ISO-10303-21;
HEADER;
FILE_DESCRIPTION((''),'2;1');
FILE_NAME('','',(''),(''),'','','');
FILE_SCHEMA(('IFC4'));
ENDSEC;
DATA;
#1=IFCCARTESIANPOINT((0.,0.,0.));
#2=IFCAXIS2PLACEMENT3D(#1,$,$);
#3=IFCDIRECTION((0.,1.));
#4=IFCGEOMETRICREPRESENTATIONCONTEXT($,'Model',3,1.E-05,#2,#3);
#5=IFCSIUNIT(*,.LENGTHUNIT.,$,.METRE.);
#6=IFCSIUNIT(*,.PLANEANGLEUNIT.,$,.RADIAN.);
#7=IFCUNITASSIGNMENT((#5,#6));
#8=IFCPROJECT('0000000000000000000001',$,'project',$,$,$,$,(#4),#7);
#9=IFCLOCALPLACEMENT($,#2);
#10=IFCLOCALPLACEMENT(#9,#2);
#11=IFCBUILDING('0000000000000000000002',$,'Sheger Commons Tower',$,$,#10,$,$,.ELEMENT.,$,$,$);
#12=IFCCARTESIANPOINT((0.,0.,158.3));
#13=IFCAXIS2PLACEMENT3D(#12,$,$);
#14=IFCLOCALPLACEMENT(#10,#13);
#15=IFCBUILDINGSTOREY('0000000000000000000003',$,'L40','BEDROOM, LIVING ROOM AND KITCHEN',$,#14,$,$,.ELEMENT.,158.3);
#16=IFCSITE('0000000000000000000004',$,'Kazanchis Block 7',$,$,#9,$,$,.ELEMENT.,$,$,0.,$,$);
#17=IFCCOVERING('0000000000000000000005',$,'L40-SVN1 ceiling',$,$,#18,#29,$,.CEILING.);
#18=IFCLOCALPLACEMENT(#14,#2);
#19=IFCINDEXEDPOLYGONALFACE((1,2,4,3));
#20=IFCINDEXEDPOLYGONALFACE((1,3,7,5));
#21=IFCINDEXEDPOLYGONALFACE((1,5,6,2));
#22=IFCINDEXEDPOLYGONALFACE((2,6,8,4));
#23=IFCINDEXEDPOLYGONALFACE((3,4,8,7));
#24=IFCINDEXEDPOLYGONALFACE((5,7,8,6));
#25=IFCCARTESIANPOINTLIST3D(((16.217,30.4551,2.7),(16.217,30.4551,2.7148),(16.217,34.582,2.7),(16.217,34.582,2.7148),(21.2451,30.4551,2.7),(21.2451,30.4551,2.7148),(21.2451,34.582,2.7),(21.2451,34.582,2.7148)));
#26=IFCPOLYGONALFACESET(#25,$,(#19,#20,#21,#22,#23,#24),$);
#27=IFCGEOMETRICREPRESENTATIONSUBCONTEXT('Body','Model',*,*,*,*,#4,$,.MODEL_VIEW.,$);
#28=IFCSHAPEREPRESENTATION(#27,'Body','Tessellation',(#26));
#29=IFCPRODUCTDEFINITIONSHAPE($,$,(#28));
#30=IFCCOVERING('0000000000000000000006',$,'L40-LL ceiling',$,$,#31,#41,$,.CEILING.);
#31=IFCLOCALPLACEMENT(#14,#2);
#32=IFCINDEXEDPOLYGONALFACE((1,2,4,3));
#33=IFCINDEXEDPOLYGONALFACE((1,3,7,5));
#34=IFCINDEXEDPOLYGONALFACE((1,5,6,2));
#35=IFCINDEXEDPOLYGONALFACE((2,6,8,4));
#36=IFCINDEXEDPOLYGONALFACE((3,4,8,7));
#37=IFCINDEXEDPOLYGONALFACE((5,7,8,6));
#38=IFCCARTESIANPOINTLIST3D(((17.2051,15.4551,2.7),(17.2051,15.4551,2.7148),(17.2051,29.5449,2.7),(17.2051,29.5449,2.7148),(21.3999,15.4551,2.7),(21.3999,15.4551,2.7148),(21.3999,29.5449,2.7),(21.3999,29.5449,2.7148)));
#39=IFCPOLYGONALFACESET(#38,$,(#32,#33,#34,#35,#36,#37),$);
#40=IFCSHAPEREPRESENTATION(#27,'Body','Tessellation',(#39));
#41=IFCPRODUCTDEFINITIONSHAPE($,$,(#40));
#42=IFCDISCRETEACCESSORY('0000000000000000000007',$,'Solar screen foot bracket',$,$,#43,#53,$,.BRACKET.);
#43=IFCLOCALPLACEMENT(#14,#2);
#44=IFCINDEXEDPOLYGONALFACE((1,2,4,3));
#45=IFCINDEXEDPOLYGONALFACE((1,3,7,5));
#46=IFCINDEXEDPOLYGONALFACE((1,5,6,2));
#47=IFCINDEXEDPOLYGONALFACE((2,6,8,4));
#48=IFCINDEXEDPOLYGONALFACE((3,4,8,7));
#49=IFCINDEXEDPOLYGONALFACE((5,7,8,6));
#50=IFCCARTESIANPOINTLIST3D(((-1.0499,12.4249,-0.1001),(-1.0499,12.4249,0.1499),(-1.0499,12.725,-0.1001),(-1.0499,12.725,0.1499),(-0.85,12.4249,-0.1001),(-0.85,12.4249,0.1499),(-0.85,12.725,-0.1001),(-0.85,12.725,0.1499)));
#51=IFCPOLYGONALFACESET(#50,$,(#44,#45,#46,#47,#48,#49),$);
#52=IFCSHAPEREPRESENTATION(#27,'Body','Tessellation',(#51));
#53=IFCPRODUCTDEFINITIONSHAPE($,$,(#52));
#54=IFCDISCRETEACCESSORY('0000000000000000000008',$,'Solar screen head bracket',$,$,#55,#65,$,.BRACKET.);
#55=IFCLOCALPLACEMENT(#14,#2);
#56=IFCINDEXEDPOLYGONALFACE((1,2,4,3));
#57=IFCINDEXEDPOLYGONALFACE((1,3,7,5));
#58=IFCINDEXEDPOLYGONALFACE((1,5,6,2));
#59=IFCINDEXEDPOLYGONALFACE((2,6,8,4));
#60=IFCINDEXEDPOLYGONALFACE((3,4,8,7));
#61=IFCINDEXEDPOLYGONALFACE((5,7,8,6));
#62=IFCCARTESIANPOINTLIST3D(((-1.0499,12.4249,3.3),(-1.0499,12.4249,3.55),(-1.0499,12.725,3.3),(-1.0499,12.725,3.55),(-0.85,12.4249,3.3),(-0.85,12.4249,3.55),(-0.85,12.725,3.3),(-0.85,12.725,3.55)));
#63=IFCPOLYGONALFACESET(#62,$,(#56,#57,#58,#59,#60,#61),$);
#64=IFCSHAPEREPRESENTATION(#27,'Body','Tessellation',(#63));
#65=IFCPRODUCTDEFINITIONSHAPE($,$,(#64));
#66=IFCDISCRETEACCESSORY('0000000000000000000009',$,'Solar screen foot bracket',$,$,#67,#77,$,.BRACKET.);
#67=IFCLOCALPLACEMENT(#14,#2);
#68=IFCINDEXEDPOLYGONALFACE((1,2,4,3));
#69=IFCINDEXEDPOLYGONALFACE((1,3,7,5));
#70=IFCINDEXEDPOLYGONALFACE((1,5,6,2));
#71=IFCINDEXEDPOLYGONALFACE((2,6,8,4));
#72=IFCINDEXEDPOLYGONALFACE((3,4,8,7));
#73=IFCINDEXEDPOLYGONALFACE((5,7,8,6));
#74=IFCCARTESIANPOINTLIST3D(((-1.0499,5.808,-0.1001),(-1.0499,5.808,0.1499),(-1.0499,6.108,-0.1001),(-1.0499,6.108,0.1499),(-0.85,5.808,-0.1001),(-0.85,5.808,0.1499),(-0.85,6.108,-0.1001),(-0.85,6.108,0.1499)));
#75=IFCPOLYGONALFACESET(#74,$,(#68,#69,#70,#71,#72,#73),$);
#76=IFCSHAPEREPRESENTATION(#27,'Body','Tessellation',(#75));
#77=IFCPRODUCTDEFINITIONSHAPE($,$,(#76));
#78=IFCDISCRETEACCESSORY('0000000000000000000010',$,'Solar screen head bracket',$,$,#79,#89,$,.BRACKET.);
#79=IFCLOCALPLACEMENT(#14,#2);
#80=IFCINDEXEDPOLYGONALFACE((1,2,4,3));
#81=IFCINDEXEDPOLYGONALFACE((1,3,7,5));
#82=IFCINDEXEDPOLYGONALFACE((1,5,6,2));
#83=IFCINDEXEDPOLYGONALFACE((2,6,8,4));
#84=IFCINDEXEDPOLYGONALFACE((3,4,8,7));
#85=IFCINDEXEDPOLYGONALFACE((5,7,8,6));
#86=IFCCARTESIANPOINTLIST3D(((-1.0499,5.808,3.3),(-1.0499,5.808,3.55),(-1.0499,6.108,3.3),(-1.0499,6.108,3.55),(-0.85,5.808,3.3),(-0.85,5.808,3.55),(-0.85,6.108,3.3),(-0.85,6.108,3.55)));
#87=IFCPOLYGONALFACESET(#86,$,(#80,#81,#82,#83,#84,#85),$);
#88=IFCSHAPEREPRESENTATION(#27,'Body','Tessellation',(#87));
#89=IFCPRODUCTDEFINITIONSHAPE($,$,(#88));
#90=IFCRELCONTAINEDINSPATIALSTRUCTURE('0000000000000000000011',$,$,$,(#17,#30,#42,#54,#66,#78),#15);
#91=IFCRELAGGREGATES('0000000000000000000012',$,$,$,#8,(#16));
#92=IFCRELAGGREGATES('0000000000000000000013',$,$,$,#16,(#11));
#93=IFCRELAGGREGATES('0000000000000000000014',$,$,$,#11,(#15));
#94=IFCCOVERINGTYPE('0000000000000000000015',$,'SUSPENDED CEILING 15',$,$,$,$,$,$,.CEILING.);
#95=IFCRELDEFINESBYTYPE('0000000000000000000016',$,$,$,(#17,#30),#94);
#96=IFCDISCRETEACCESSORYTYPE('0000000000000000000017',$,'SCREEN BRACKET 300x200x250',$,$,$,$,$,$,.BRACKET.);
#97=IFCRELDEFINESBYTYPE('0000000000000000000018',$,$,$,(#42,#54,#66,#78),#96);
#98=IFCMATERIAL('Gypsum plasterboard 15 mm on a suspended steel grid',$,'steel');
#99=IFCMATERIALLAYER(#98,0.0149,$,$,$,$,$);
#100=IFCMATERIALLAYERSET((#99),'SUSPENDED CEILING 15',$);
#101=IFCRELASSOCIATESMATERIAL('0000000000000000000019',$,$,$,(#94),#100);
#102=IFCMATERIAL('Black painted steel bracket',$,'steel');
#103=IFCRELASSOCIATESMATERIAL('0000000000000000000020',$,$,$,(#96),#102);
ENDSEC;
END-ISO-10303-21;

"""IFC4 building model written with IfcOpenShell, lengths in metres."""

from ifc_helpers import new_model, si_unit, direction, frame, origin, origin_2d, place, context, subcontext, project, spatial, polyline, rectangle, outline, extrude, material, layer, layer_set, type_object, element, save


model = new_model("IFC4")

# Units and contexts
model_context = context("Model", 3, precision=1e-05, world=origin(), true_north=direction((0.0, 1.0)))
body_context = subcontext(model_context, "Body", "Model", "MODEL_VIEW")
ifc_project = project(units=[si_unit("LENGTHUNIT", "METRE"), si_unit("PLANEANGLEUNIT", "RADIAN")], contexts=[model_context])

# Site, building, storey
site_placement = place(None, origin())
site = spatial("IfcSite", under=ifc_project, at=site_placement, Name="Kazanchis Block 7", CompositionType="ELEMENT", RefElevation=0.0)
building_placement = place(site_placement, origin())
building = spatial("IfcBuilding", under=site, at=building_placement, Name="Sheger Commons Tower", CompositionType="ELEMENT")
storey_placement = place(building_placement, frame((0.0, 0.0, 158.3)))
storey = spatial("IfcBuildingStorey", under=building, at=storey_placement, Name="L40", Description="BEDROOM, LIVING ROOM AND KITCHEN", CompositionType="ELEMENT", Elevation=158.3)

# Coverings
ifc_material_1 = material(Name="Gypsum plasterboard 15 mm on a suspended steel grid", Category="steel")
ifc_layer_1 = layer(ifc_material_1, 0.0149)
ifc_layer_set_1 = layer_set([ifc_layer_1], Name="SUSPENDED CEILING 15")
covering_type_1 = type_object("IfcCoveringType", Name="SUSPENDED CEILING 15", PredefinedType="CEILING", material=ifc_layer_set_1)
covering_1_placement = place(storey_placement, frame((0.0, 0.0, 2.7)))
element("IfcCovering", 1, at=covering_1_placement, inside=storey, type_object=covering_type_1, Name="L40-SVN1 ceiling", PredefinedType="CEILING", context=body_context, shape_type="SweptSolid", body=[
    extrude(outline(polyline([(16.217, 30.4551), (21.2451, 30.4551), (21.2451, 34.582), (16.217, 34.582), (16.217, 30.4551)])), origin(), (0.0, 0.0, 1.0), 0.0149),
])
covering_2_placement = place(storey_placement, frame((0.0, 0.0, 2.7)))
element("IfcCovering", 2, at=covering_2_placement, inside=storey, type_object=covering_type_1, Name="L40-LL ceiling", PredefinedType="CEILING", context=body_context, shape_type="SweptSolid", body=[
    extrude(outline(polyline([(17.2051, 15.4551), (21.3999, 15.4551), (21.3999, 29.5449), (17.2051, 29.5449), (17.2051, 15.4551)])), origin(), (0.0, 0.0, 1.0), 0.0149),
])

# Discrete accessories
ifc_material_2 = material(Name="Black painted steel bracket", Category="steel")
discrete_accessory_type = type_object("IfcDiscreteAccessoryType", Name="SCREEN BRACKET 300x200x250", PredefinedType="BRACKET", material=ifc_material_2)
for number, where, z_axis, x_axis, name in (
    (3, (-0.95, 12.575, -0.1001), (0.0, 0.0, 1.0), (0.0, -1.0, 0.0), "Solar screen foot bracket"),
    (4, (-0.95, 12.575, 3.3), (0.0, 0.0, 1.0), (0.0, -1.0, 0.0), "Solar screen head bracket"),
    (5, (-0.95, 5.958, -0.1001), (0.0, 0.0, 1.0), (0.0, -1.0, 0.0), "Solar screen foot bracket"),
    (6, (-0.95, 5.958, 3.3), (0.0, 0.0, 1.0), (0.0, -1.0, 0.0), "Solar screen head bracket"),
):
    element("IfcDiscreteAccessory", number, at=place(storey_placement, frame(where, z_axis=z_axis, x_axis=x_axis)), inside=storey, type_object=discrete_accessory_type, Name=name, PredefinedType="BRACKET", context=body_context, shape_type="SweptSolid", body=[
        extrude(rectangle(XDim=0.3, YDim=0.2, at=origin_2d()), origin(), (0.0, 0.0, 1.0), 0.25),
    ])

save(model, "model.ifc")
